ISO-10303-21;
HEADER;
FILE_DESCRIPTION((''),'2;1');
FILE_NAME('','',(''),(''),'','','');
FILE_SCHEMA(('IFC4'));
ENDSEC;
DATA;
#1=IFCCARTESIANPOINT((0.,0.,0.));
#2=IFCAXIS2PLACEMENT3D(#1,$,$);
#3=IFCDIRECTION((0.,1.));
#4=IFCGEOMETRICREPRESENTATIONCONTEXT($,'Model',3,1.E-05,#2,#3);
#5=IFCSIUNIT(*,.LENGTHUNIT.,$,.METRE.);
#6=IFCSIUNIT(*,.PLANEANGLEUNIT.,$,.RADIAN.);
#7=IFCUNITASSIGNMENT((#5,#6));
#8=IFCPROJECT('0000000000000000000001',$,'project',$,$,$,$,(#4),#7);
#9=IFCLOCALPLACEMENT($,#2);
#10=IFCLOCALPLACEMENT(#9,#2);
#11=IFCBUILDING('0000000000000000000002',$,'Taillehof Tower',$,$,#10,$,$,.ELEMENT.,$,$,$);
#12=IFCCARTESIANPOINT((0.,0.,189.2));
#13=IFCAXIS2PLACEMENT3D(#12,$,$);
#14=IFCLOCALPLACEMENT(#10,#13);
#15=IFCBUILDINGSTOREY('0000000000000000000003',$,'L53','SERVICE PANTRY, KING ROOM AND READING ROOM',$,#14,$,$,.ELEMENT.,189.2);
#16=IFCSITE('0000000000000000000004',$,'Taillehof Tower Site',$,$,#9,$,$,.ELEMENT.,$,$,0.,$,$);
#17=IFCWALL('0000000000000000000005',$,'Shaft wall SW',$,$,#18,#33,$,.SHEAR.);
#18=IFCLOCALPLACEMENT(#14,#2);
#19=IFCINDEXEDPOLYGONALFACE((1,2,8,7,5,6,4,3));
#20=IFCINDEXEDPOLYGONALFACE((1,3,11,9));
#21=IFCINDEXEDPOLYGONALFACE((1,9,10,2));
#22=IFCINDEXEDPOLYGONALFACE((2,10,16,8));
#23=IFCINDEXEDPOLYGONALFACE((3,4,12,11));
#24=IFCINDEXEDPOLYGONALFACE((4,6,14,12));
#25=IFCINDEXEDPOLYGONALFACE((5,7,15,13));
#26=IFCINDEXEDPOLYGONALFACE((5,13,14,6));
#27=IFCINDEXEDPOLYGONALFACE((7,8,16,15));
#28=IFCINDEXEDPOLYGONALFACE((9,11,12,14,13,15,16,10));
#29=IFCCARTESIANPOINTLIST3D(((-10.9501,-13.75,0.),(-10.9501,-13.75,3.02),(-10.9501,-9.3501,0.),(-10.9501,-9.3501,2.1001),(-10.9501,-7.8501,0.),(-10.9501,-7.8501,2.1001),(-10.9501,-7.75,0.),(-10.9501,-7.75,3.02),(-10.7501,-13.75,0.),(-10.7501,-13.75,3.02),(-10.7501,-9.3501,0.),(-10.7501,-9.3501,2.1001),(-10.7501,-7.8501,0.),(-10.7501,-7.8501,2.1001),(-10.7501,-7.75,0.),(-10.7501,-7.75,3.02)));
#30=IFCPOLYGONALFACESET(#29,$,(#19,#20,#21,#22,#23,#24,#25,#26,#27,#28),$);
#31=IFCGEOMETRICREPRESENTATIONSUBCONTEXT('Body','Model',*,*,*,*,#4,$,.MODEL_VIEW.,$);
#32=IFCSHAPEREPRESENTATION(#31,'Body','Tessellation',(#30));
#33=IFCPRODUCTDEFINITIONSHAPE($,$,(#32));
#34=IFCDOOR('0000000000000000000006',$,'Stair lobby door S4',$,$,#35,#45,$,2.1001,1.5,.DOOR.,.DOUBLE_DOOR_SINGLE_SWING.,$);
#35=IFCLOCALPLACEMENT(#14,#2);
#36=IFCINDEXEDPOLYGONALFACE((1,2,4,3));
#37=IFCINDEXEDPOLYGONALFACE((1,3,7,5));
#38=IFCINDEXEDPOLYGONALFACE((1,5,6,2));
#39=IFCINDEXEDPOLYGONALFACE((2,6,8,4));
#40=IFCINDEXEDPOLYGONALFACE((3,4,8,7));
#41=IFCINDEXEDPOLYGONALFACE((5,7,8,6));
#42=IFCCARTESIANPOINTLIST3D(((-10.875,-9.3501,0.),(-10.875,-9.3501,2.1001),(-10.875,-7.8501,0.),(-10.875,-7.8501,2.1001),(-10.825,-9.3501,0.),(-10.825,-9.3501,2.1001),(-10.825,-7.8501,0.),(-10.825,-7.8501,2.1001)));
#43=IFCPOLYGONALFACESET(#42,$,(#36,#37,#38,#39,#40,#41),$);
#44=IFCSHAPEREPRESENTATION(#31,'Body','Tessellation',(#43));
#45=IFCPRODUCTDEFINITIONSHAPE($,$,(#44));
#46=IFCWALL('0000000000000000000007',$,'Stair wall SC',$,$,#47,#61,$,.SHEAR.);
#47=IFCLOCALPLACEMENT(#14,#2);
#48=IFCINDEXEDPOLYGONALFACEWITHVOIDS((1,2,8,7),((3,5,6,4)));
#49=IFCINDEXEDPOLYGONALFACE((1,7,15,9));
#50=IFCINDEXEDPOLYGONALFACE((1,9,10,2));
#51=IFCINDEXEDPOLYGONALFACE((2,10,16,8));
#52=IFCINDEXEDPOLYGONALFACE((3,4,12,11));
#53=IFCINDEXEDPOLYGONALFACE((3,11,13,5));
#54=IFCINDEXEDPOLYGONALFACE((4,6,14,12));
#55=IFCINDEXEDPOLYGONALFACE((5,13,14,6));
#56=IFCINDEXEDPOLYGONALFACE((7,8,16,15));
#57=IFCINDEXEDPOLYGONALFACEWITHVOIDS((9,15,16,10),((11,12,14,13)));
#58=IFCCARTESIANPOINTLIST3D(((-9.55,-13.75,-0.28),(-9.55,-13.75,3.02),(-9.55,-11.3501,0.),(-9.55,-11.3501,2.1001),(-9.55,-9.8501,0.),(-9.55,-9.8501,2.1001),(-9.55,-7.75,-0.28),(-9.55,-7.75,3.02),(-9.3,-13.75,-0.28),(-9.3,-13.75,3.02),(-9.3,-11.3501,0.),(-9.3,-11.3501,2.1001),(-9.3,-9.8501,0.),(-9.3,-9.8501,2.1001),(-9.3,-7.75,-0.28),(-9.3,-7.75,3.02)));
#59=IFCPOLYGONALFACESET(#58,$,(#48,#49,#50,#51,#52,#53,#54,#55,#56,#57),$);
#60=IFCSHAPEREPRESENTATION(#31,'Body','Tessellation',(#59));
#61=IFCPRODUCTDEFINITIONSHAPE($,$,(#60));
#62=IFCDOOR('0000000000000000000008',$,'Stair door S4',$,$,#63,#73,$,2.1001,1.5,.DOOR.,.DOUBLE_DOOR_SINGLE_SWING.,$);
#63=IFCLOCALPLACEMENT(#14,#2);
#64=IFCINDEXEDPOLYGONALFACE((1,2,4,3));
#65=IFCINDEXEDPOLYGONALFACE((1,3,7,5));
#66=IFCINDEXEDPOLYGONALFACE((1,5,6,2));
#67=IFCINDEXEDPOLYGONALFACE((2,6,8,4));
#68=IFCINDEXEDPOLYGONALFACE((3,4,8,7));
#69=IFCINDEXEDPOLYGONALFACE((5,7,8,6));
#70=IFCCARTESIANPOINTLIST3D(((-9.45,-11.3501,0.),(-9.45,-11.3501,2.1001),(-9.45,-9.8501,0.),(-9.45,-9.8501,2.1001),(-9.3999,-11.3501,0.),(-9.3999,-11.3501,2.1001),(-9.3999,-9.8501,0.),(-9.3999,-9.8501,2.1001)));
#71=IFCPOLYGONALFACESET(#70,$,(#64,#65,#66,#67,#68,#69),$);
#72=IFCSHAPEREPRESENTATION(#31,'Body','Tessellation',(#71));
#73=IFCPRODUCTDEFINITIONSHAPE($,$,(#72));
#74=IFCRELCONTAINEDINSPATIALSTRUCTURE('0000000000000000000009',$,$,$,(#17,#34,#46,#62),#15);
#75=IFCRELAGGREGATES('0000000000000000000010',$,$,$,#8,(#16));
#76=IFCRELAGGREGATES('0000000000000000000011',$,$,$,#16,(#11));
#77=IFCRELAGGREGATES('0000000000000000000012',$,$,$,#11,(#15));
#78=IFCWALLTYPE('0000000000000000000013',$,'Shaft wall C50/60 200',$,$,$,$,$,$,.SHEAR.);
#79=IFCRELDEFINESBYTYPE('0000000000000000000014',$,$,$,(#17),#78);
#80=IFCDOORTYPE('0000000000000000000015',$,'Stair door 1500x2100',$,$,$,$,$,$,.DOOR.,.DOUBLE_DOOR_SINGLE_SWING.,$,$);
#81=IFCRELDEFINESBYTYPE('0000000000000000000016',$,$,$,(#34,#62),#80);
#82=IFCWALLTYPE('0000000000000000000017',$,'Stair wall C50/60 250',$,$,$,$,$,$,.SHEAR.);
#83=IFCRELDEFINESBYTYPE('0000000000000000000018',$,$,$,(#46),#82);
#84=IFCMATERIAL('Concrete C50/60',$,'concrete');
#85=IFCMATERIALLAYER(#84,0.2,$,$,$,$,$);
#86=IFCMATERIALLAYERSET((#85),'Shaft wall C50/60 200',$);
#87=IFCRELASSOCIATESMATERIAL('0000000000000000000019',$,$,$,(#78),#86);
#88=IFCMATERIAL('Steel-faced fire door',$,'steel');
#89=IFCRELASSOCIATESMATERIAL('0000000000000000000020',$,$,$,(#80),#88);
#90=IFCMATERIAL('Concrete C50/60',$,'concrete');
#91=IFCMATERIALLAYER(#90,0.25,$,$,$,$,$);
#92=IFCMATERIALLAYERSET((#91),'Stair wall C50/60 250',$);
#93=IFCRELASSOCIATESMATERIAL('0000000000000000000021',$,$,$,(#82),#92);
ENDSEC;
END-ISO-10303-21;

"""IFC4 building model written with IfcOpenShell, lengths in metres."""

from ifc_helpers import new_model, si_unit, direction, frame, frame_2d, origin, place, context, subcontext, project, spatial, rectangle, extrude, material, layer, layer_set, type_object, element, fill, save


model = new_model("IFC4")

# Units and contexts
model_context = context("Model", 3, precision=1e-05, world=origin(), true_north=direction((0.0, 1.0)))
body_context = subcontext(model_context, "Body", "Model", "MODEL_VIEW")
ifc_project = project(units=[si_unit("LENGTHUNIT", "METRE"), si_unit("PLANEANGLEUNIT", "RADIAN")], contexts=[model_context])

# Site, building, storey
site_placement = place(None, origin())
site = spatial("IfcSite", under=ifc_project, at=site_placement, Name="Taillehof Tower Site", CompositionType="ELEMENT", RefElevation=0.0)
building_placement = place(site_placement, origin())
building = spatial("IfcBuilding", under=site, at=building_placement, Name="Taillehof Tower", CompositionType="ELEMENT")
storey_placement = place(building_placement, frame((0.0, 0.0, 189.2)))
storey = spatial("IfcBuildingStorey", under=building, at=storey_placement, Name="L53", Description="SERVICE PANTRY, KING ROOM AND READING ROOM", CompositionType="ELEMENT", Elevation=189.2)

# Walls, openings, doors
ifc_material_1 = material(Name="Concrete C50/60", Category="concrete")
ifc_layer_1 = layer(ifc_material_1, 0.2)
ifc_layer_set_1 = layer_set([ifc_layer_1], Name="Shaft wall C50/60 200")
wall_type_1 = type_object("IfcWallType", Name="Shaft wall C50/60 200", PredefinedType="SHEAR", material=ifc_layer_set_1)
wall_1_placement = place(storey_placement, frame((-10.8501, -13.75, 0.0), z_axis=(0.0, 0.0, 1.0), x_axis=(0.0, 1.0, 0.0)))
wall_1 = element("IfcWall", 1, at=wall_1_placement, inside=storey, type_object=wall_type_1, Name="Shaft wall SW", PredefinedType="SHEAR", context=body_context, shape_type="SweptSolid", body=[
    extrude(rectangle(XDim=6.0, YDim=0.2, at=frame_2d((3.0, 0.0))), origin(), (0.0, 0.0, 1.0), 3.02),
])
opening_1_placement = place(wall_1_placement, frame((4.3999, 0.0, 0.0)))
opening_1 = element("IfcOpeningElement", 2, at=opening_1_placement, cuts=wall_1, PredefinedType="OPENING", context=body_context, shape_type="SweptSolid", body=[
    extrude(rectangle(XDim=1.5, YDim=2.1001, at=frame_2d((0.75, 1.05))), frame((0.0, 0.1099, 0.0), z_axis=(0.0, -1.0, 0.0), x_axis=(1.0, 0.0, 0.0)), (0.0, 0.0, 1.0), 0.22),
])
ifc_material_2 = material(Name="Steel-faced fire door", Category="steel")
door_type_1 = type_object("IfcDoorType", Name="Stair door 1500x2100", OperationType="DOUBLE_DOOR_SINGLE_SWING", PredefinedType="DOOR", material=ifc_material_2)
door_1_placement = place(opening_1_placement, origin())
door_1 = element("IfcDoor", 3, at=door_1_placement, inside=storey, type_object=door_type_1, Name="Stair lobby door S4", OperationType="DOUBLE_DOOR_SINGLE_SWING", OverallHeight=2.1001, OverallWidth=1.5, PredefinedType="DOOR", context=body_context, shape_type="SweptSolid", body=[
    extrude(rectangle(XDim=1.5, YDim=2.1001, at=frame_2d((0.75, 1.05))), frame((0.0, 0.0249, 0.0), z_axis=(0.0, -1.0, 0.0), x_axis=(1.0, 0.0, 0.0)), (0.0, 0.0, 1.0), 0.05),
])
fill(opening_1, door_1)
ifc_material_3 = material(Name="Concrete C50/60", Category="concrete")
ifc_layer_2 = layer(ifc_material_3, 0.25)
ifc_layer_set_2 = layer_set([ifc_layer_2], Name="Stair wall C50/60 250")
wall_type_2 = type_object("IfcWallType", Name="Stair wall C50/60 250", PredefinedType="SHEAR", material=ifc_layer_set_2)
wall_2_placement = place(storey_placement, frame((-9.425, -13.75, -0.28), z_axis=(0.0, 0.0, 1.0), x_axis=(0.0, 1.0, 0.0)))
wall_2 = element("IfcWall", 4, at=wall_2_placement, inside=storey, type_object=wall_type_2, Name="Stair wall SC", PredefinedType="SHEAR", context=body_context, shape_type="SweptSolid", body=[
    extrude(rectangle(XDim=6.0, YDim=0.25, at=frame_2d((3.0, 0.0))), origin(), (0.0, 0.0, 1.0), 3.3),
])
opening_2_placement = place(wall_2_placement, frame((2.3999, 0.0, 0.28)))
opening_2 = element("IfcOpeningElement", 5, at=opening_2_placement, cuts=wall_2, PredefinedType="OPENING", context=body_context, shape_type="SweptSolid", body=[
    extrude(rectangle(XDim=1.5, YDim=2.1001, at=frame_2d((0.75, 1.05))), frame((0.0, 0.135, 0.0), z_axis=(0.0, -1.0, 0.0), x_axis=(1.0, 0.0, 0.0)), (0.0, 0.0, 1.0), 0.27),
])
door_2_placement = place(opening_2_placement, origin())
door_2 = element("IfcDoor", 6, at=door_2_placement, inside=storey, type_object=door_type_1, Name="Stair door S4", OperationType="DOUBLE_DOOR_SINGLE_SWING", OverallHeight=2.1001, OverallWidth=1.5, PredefinedType="DOOR", context=body_context, shape_type="SweptSolid", body=[
    extrude(rectangle(XDim=1.5, YDim=2.1001, at=frame_2d((0.75, 1.05))), frame((0.0, 0.0249, 0.0), z_axis=(0.0, -1.0, 0.0), x_axis=(1.0, 0.0, 0.0)), (0.0, 0.0, 1.0), 0.05),
])
fill(opening_2, door_2)

save(model, "model.ifc")
